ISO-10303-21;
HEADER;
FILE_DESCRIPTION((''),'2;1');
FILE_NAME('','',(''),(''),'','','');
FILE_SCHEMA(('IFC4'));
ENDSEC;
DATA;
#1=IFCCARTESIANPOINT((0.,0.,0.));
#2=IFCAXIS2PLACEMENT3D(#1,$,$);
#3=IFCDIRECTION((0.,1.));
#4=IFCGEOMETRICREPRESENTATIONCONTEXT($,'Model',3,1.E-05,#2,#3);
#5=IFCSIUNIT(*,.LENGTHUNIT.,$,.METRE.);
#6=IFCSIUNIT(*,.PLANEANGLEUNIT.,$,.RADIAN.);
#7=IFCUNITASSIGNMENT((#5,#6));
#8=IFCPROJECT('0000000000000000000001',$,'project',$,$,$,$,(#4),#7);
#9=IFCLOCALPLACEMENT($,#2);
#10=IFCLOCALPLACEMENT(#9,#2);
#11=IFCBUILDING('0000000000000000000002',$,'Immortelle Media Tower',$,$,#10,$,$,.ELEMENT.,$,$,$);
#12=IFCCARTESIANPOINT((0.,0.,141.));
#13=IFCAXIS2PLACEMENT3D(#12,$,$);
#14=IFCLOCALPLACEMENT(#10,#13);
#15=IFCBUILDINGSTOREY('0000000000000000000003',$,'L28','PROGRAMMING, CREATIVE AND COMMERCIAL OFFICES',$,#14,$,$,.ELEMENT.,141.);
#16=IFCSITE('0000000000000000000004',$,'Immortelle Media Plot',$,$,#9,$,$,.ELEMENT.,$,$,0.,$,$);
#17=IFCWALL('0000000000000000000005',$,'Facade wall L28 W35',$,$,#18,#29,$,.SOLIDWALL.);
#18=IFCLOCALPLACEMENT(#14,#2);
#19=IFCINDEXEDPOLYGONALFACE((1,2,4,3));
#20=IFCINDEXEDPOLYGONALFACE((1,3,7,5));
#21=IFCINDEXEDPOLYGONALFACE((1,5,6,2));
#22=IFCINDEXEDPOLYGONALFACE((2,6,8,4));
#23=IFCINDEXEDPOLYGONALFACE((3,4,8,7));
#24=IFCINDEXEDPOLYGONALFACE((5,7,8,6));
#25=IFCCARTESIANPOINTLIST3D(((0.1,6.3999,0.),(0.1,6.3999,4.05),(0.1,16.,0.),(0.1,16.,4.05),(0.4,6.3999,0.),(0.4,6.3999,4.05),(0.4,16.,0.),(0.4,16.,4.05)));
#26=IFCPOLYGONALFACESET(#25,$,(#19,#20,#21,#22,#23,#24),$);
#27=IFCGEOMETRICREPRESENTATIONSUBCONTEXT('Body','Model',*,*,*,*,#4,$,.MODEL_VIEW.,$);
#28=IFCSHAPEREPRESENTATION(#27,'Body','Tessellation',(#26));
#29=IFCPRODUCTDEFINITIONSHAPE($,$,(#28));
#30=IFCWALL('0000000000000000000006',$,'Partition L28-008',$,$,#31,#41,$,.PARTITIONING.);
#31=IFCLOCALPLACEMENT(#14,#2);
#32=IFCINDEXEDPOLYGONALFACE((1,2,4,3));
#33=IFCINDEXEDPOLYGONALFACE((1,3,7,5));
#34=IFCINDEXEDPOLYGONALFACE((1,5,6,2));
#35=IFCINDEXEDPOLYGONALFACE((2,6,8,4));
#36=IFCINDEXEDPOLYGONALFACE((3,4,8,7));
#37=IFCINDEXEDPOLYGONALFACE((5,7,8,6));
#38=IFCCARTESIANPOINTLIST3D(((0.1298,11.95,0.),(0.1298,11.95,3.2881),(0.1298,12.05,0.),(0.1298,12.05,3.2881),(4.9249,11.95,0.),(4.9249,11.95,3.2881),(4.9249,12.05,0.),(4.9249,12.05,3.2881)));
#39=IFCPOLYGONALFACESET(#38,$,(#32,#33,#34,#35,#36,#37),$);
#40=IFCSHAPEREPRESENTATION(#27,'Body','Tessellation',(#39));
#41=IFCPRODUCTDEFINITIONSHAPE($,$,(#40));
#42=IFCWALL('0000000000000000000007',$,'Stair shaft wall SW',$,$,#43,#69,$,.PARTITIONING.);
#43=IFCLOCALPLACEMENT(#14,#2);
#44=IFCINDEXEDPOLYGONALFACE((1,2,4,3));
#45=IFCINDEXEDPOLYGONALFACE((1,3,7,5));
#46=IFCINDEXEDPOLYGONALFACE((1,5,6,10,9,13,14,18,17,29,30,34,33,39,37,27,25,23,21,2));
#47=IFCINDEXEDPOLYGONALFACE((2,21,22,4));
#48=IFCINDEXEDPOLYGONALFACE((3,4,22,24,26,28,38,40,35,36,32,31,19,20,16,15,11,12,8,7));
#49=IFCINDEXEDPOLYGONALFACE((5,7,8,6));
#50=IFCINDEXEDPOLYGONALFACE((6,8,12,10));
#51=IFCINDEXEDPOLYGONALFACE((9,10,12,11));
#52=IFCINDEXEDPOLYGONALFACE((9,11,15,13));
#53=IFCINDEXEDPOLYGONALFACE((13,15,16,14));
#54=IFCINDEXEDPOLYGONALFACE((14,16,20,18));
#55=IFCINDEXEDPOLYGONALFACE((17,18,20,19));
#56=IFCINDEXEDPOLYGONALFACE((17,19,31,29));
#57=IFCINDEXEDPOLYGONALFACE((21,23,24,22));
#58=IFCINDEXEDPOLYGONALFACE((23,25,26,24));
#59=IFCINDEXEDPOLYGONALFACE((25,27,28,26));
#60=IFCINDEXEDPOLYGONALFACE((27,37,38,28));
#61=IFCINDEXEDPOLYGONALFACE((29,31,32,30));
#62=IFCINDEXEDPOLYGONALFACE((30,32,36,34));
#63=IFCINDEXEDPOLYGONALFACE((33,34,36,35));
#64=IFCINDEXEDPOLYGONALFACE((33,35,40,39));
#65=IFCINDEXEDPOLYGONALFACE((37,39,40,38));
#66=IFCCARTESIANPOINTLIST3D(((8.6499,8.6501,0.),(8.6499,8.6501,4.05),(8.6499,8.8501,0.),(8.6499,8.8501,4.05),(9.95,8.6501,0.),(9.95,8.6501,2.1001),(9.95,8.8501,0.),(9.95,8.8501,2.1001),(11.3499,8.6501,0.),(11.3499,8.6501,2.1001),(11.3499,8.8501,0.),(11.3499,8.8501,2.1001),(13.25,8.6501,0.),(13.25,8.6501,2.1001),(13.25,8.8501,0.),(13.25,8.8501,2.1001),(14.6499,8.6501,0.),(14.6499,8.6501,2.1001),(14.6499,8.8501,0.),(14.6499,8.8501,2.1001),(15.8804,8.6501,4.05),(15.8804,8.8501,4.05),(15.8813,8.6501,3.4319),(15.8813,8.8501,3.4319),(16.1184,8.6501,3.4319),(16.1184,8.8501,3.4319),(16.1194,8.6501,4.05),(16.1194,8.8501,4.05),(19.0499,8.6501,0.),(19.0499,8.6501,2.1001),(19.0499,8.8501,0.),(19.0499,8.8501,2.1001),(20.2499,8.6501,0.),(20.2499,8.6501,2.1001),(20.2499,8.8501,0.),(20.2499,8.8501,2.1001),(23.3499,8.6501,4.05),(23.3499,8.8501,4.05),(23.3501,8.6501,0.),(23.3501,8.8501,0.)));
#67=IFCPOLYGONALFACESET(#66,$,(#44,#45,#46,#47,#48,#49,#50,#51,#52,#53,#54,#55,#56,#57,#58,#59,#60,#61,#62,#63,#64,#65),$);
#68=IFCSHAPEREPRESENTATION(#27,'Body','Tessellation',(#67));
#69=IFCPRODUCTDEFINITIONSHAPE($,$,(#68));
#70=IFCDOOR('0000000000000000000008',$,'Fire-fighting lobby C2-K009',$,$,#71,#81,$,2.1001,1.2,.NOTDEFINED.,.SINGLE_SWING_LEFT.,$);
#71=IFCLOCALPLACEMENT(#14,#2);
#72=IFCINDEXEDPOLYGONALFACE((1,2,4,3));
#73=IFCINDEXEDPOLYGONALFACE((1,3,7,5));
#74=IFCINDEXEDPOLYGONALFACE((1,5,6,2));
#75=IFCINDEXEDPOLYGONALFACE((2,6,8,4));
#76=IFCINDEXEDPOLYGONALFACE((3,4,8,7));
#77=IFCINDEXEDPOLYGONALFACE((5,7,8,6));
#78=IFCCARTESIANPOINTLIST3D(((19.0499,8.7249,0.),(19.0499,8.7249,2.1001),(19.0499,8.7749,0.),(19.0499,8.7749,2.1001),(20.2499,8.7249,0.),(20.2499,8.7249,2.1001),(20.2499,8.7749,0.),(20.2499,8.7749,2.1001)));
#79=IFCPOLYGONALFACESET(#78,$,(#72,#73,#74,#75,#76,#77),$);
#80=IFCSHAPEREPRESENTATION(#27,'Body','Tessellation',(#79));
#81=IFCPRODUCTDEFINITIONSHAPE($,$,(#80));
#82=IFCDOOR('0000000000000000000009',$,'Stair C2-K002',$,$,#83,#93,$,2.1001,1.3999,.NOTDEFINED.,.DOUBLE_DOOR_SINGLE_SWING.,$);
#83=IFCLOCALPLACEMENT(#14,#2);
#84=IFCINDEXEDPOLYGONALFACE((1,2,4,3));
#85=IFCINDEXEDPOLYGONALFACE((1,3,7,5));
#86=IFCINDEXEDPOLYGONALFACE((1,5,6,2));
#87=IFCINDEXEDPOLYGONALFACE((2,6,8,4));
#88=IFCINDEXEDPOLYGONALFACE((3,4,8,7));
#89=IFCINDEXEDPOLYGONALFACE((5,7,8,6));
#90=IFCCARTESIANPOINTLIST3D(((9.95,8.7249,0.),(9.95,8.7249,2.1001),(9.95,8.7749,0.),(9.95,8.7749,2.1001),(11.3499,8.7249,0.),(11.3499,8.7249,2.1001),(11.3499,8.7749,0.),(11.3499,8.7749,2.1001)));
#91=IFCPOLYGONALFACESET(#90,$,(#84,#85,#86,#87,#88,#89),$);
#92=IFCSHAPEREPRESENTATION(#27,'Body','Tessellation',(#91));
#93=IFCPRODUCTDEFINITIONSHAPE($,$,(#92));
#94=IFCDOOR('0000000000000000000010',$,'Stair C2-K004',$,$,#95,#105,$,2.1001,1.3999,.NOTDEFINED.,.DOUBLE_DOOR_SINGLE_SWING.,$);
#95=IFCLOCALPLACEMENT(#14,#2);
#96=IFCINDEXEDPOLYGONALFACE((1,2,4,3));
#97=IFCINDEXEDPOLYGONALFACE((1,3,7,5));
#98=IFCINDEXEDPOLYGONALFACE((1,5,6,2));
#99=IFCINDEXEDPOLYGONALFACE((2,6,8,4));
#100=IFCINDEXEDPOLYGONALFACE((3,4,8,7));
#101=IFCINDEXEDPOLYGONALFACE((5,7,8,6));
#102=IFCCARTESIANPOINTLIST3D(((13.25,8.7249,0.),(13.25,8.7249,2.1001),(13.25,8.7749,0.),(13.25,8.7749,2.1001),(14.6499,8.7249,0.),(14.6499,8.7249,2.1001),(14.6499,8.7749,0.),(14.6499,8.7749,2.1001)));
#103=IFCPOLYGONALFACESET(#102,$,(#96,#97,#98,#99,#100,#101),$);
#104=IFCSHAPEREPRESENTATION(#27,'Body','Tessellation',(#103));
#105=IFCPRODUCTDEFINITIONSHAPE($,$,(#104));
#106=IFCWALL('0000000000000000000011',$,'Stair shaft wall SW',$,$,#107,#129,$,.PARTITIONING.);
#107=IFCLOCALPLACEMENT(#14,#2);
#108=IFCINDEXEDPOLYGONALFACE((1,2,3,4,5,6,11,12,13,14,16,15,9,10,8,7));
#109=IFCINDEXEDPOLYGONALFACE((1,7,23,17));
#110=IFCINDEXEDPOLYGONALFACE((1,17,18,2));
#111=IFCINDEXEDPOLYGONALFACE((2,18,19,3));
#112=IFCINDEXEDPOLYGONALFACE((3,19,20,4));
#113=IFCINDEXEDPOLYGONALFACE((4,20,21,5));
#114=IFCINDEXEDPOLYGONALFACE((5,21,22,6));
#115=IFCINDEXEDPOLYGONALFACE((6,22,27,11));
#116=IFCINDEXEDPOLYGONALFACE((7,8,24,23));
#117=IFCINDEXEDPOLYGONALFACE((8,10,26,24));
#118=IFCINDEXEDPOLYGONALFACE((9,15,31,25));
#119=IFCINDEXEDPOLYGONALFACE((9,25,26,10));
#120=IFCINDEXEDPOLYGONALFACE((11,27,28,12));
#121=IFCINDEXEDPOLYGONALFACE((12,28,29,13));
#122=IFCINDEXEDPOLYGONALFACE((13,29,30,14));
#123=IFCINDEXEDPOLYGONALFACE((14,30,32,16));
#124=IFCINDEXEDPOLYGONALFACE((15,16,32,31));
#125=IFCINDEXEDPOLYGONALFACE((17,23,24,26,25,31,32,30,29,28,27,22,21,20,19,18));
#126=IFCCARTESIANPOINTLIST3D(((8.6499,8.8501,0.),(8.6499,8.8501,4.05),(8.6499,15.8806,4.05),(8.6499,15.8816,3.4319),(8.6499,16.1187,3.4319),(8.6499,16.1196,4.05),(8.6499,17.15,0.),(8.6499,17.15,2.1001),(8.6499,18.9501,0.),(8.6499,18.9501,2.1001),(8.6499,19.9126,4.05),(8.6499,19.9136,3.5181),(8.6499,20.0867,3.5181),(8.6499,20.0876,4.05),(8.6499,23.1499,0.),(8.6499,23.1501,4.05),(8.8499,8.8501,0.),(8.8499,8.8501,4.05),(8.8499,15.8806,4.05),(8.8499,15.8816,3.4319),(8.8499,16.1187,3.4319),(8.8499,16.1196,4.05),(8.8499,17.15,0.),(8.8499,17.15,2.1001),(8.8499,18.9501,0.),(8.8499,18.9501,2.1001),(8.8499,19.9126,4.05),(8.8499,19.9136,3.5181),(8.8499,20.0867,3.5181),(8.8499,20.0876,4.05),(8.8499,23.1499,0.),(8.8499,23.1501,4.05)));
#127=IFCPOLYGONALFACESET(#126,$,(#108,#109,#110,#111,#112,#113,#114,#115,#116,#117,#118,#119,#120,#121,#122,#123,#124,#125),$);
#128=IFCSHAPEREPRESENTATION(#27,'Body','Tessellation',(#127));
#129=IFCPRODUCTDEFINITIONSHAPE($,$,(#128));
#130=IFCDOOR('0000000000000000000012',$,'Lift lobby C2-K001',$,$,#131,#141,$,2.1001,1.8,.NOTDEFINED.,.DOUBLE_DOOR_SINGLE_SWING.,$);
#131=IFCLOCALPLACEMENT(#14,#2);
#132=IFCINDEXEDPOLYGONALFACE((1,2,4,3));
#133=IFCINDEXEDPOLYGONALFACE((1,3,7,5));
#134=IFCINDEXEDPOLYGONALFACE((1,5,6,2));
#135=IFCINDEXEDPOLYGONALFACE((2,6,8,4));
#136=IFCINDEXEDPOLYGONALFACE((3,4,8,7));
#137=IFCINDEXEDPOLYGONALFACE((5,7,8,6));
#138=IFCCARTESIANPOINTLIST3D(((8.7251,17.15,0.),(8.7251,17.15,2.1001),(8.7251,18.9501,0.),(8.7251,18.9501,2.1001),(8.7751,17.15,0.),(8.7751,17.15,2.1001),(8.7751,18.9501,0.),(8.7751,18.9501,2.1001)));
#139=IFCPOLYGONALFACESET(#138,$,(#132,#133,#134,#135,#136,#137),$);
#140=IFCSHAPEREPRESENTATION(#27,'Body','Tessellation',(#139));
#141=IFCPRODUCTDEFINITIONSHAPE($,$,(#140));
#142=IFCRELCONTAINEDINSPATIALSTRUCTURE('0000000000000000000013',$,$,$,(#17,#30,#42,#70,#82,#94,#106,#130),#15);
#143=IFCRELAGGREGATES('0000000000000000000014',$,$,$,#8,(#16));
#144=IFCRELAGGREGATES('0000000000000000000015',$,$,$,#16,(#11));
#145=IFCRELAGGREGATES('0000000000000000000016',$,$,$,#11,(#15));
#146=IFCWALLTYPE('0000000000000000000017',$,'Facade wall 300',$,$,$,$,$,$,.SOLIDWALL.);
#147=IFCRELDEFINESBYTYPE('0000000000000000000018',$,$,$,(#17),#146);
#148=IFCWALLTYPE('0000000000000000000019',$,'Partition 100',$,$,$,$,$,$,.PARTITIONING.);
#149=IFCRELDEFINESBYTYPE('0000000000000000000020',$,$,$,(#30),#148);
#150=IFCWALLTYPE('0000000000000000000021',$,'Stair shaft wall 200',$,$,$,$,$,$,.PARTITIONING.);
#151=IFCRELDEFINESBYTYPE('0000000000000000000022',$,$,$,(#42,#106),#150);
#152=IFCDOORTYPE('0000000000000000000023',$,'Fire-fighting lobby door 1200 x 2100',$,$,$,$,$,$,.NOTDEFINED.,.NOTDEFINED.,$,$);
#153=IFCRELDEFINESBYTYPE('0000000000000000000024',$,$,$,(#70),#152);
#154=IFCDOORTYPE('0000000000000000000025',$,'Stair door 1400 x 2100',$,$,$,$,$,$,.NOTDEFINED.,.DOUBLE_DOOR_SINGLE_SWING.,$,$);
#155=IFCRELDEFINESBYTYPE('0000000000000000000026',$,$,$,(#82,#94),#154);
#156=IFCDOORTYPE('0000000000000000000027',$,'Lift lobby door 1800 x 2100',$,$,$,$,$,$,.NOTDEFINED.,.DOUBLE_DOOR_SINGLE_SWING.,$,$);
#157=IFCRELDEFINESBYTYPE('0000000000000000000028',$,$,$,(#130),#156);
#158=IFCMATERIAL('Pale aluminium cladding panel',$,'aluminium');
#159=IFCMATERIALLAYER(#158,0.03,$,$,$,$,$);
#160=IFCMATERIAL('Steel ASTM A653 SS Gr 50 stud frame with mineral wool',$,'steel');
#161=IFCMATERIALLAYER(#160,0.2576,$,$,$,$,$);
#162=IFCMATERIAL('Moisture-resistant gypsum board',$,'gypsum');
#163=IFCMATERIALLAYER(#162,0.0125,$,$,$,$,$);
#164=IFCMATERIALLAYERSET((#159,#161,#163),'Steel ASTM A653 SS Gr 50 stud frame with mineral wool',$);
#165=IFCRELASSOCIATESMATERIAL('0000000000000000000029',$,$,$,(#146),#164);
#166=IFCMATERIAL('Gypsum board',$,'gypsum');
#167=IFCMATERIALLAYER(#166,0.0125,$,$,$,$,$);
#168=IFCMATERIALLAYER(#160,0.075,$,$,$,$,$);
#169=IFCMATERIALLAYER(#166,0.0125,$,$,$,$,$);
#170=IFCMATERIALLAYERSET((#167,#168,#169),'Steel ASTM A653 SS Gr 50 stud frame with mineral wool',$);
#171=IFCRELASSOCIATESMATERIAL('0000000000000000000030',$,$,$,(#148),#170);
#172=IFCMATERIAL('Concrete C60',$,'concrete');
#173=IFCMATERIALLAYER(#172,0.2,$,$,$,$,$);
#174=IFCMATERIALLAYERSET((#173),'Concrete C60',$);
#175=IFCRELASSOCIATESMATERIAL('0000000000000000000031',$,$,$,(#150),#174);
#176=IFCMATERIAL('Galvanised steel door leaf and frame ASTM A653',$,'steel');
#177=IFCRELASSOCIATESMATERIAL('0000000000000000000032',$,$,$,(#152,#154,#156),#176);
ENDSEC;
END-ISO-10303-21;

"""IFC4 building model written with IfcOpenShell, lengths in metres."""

from ifc_helpers import new_model, si_unit, direction, frame, frame_2d, origin, place, context, subcontext, project, spatial, polyline, rectangle, outline, extrude, material, layer, layer_set, type_object, element, fill, save


model = new_model("IFC4")

# Units and contexts
model_context = context("Model", 3, precision=1e-05, world=origin(), true_north=direction((0.0, 1.0)))
body_context = subcontext(model_context, "Body", "Model", "MODEL_VIEW")
ifc_project = project(units=[si_unit("LENGTHUNIT", "METRE"), si_unit("PLANEANGLEUNIT", "RADIAN")], contexts=[model_context])

# Site, building, storey
site_placement = place(None, origin())
site = spatial("IfcSite", under=ifc_project, at=site_placement, Name="Immortelle Media Plot", CompositionType="ELEMENT", RefElevation=0.0)
building_placement = place(site_placement, origin())
building = spatial("IfcBuilding", under=site, at=building_placement, Name="Immortelle Media Tower", CompositionType="ELEMENT")
storey_placement = place(building_placement, frame((0.0, 0.0, 141.0)))
storey = spatial("IfcBuildingStorey", under=building, at=storey_placement, Name="L28", Description="PROGRAMMING, CREATIVE AND COMMERCIAL OFFICES", CompositionType="ELEMENT", Elevation=141.0)

# Shared definitions
ifc_material_1 = material(Name="Steel ASTM A653 SS Gr 50 stud frame with mineral wool", Category="steel")

# Walls
ifc_material_2 = material(Name="Pale aluminium cladding panel", Category="aluminium")
ifc_layer_1 = layer(ifc_material_2, 0.03)
ifc_layer_2 = layer(ifc_material_1, 0.2576)
ifc_material_3 = material(Name="Moisture-resistant gypsum board", Category="gypsum")
ifc_layer_3 = layer(ifc_material_3, 0.0125)
ifc_layer_set_1 = layer_set([ifc_layer_1, ifc_layer_2, ifc_layer_3], Name="Steel ASTM A653 SS Gr 50 stud frame with mineral wool")
wall_type_1 = type_object("IfcWallType", Name="Facade wall 300", PredefinedType="SOLIDWALL", material=ifc_layer_set_1)
wall_1_placement = place(storey_placement, frame((0.25, 16.0, 0.0), z_axis=(0.0, 0.0, 1.0), x_axis=(0.0, -1.0, 0.0)))
element("IfcWall", 1, at=wall_1_placement, inside=storey, type_object=wall_type_1, Name="Facade wall L28 W35", PredefinedType="SOLIDWALL", context=body_context, shape_type="SweptSolid", body=[
    extrude(rectangle(XDim=9.6001, YDim=0.3, at=frame_2d((4.8, 0.0))), origin(), (0.0, 0.0, 1.0), 4.05),
])
ifc_material_4 = material(Name="Gypsum board", Category="gypsum")
ifc_layer_4 = layer(ifc_material_4, 0.0125)
ifc_layer_5 = layer(ifc_material_1, 0.075)
ifc_layer_6 = layer(ifc_material_4, 0.0125)
ifc_layer_set_2 = layer_set([ifc_layer_4, ifc_layer_5, ifc_layer_6], Name="Steel ASTM A653 SS Gr 50 stud frame with mineral wool")
wall_type_2 = type_object("IfcWallType", Name="Partition 100", PredefinedType="PARTITIONING", material=ifc_layer_set_2)
wall_2_placement = place(storey_placement, frame((0.1299, 12.0, 0.0), z_axis=(0.0, 0.0, 1.0), x_axis=(1.0, 0.0, 0.0)))
element("IfcWall", 2, at=wall_2_placement, inside=storey, type_object=wall_type_2, Name="Partition L28-008", PredefinedType="PARTITIONING", context=body_context, shape_type="SweptSolid", body=[
    extrude(rectangle(XDim=4.7952, YDim=0.1001, at=frame_2d((2.3975, 0.0))), origin(), (0.0, 0.0, 1.0), 3.2881),
])

# Wall, openings, doors
ifc_material_5 = material(Name="Concrete C60", Category="concrete")
ifc_layer_7 = layer(ifc_material_5, 0.2)
ifc_layer_set_3 = layer_set([ifc_layer_7], Name="Concrete C60")
wall_type_3 = type_object("IfcWallType", Name="Stair shaft wall 200", PredefinedType="PARTITIONING", material=ifc_layer_set_3)
wall_3_placement = place(storey_placement, frame((8.6499, 8.75, 0.0), z_axis=(0.0, 0.0, 1.0), x_axis=(1.0, 0.0, 0.0)))
wall_3 = element("IfcWall", 3, at=wall_3_placement, inside=storey, type_object=wall_type_3, Name="Stair shaft wall SW", PredefinedType="PARTITIONING", context=body_context, shape_type="SweptSolid", body=[
    extrude(outline(polyline([(0.0, 0.0), (14.7002, 0.0), (14.7, 4.05), (7.4695, 4.05), (7.4685, 3.4319), (7.2314, 3.4319), (7.2305, 4.05), (0.0, 4.05), (0.0, 0.0)])), frame((0.0, 0.1001, 0.0), z_axis=(0.0, -1.0, 0.0), x_axis=(1.0, 0.0, 0.0)), (0.0, 0.0, 1.0), 0.2),
])
opening_1_placement = place(wall_3_placement, frame((1.3, 0.0, 0.0)))
opening_1 = element("IfcOpeningElement", 4, at=opening_1_placement, cuts=wall_3, PredefinedType="OPENING", context=body_context, shape_type="SweptSolid", body=[
    extrude(rectangle(XDim=1.3999, YDim=2.1001, at=frame_2d((0.7, 1.05))), frame((0.0, 0.1099, 0.0), z_axis=(0.0, -1.0, 0.0), x_axis=(1.0, 0.0, 0.0)), (0.0, 0.0, 1.0), 0.22),
])
opening_2_placement = place(wall_3_placement, frame((4.6001, 0.0, 0.0)))
opening_2 = element("IfcOpeningElement", 5, at=opening_2_placement, cuts=wall_3, PredefinedType="OPENING", context=body_context, shape_type="SweptSolid", body=[
    extrude(rectangle(XDim=1.3999, YDim=2.1001, at=frame_2d((0.7, 1.05))), frame((0.0, 0.1099, 0.0), z_axis=(0.0, -1.0, 0.0), x_axis=(1.0, 0.0, 0.0)), (0.0, 0.0, 1.0), 0.22),
])
opening_3_placement = place(wall_3_placement, frame((10.3999, 0.0, 0.0)))
opening_3 = element("IfcOpeningElement", 6, at=opening_3_placement, cuts=wall_3, PredefinedType="OPENING", context=body_context, shape_type="SweptSolid", body=[
    extrude(rectangle(XDim=1.2, YDim=2.1001, at=frame_2d((0.6001, 1.05))), frame((0.0, 0.1099, 0.0), z_axis=(0.0, -1.0, 0.0), x_axis=(1.0, 0.0, 0.0)), (0.0, 0.0, 1.0), 0.22),
])
ifc_material_6 = material(Name="Galvanised steel door leaf and frame ASTM A653", Category="steel")
door_type_1 = type_object("IfcDoorType", Name="Fire-fighting lobby door 1200 x 2100", OperationType="NOTDEFINED", PredefinedType="NOTDEFINED", material=ifc_material_6)
door_1_placement = place(opening_3_placement, origin())
door_1 = element("IfcDoor", 7, at=door_1_placement, inside=storey, type_object=door_type_1, Name="Fire-fighting lobby C2-K009", OperationType="SINGLE_SWING_LEFT", OverallHeight=2.1001, OverallWidth=1.2, PredefinedType="NOTDEFINED", context=body_context, shape_type="SweptSolid", body=[
    extrude(rectangle(XDim=1.2, YDim=2.1001, at=frame_2d((0.6001, 1.05))), frame((0.0, 0.0249, 0.0), z_axis=(0.0, -1.0, 0.0), x_axis=(1.0, 0.0, 0.0)), (0.0, 0.0, 1.0), 0.05),
])
fill(opening_3, door_1)
door_type_2 = type_object("IfcDoorType", Name="Stair door 1400 x 2100", OperationType="DOUBLE_DOOR_SINGLE_SWING", PredefinedType="NOTDEFINED", material=ifc_material_6)
door_2_placement = place(opening_1_placement, origin())
door_2 = element("IfcDoor", 8, at=door_2_placement, inside=storey, type_object=door_type_2, Name="Stair C2-K002", OperationType="DOUBLE_DOOR_SINGLE_SWING", OverallHeight=2.1001, OverallWidth=1.3999, PredefinedType="NOTDEFINED", context=body_context, shape_type="SweptSolid", body=[
    extrude(rectangle(XDim=1.3999, YDim=2.1001, at=frame_2d((0.7, 1.05))), frame((0.0, 0.0249, 0.0), z_axis=(0.0, -1.0, 0.0), x_axis=(1.0, 0.0, 0.0)), (0.0, 0.0, 1.0), 0.05),
])
fill(opening_1, door_2)
door_3_placement = place(opening_2_placement, origin())
door_3 = element("IfcDoor", 9, at=door_3_placement, inside=storey, type_object=door_type_2, Name="Stair C2-K004", OperationType="DOUBLE_DOOR_SINGLE_SWING", OverallHeight=2.1001, OverallWidth=1.3999, PredefinedType="NOTDEFINED", context=body_context, shape_type="SweptSolid", body=[
    extrude(rectangle(XDim=1.3999, YDim=2.1001, at=frame_2d((0.7, 1.05))), frame((0.0, 0.0249, 0.0), z_axis=(0.0, -1.0, 0.0), x_axis=(1.0, 0.0, 0.0)), (0.0, 0.0, 1.0), 0.05),
])
fill(opening_2, door_3)

# Wall, opening, door
wall_4_placement = place(storey_placement, frame((8.75, 8.8501, 0.0), z_axis=(0.0, 0.0, 1.0), x_axis=(0.0, 1.0, 0.0)))
wall_4 = element("IfcWall", 10, at=wall_4_placement, inside=storey, type_object=wall_type_3, Name="Stair shaft wall SW", PredefinedType="PARTITIONING", context=body_context, shape_type="SweptSolid", body=[
    extrude(outline(polyline([(0.0, 0.0), (14.2998, 0.0), (14.3, 4.05), (11.2375, 4.05), (11.2366, 3.5181), (11.0635, 3.5181), (11.0625, 4.05), (7.2695, 4.05), (7.2686, 3.4319), (7.0315, 3.4319), (7.0305, 4.05), (0.0, 4.05), (0.0, 0.0)])), frame((0.0, 0.1001, 0.0), z_axis=(0.0, -1.0, 0.0), x_axis=(1.0, 0.0, 0.0)), (0.0, 0.0, 1.0), 0.2),
])
opening_4_placement = place(wall_4_placement, frame((8.3, 0.0, 0.0)))
opening_4 = element("IfcOpeningElement", 11, at=opening_4_placement, cuts=wall_4, PredefinedType="OPENING", context=body_context, shape_type="SweptSolid", body=[
    extrude(rectangle(XDim=1.8, YDim=2.1001, at=frame_2d((0.8999, 1.05))), frame((0.0, 0.1099, 0.0), z_axis=(0.0, -1.0, 0.0), x_axis=(1.0, 0.0, 0.0)), (0.0, 0.0, 1.0), 0.22),
])
door_type_3 = type_object("IfcDoorType", Name="Lift lobby door 1800 x 2100", OperationType="DOUBLE_DOOR_SINGLE_SWING", PredefinedType="NOTDEFINED", material=ifc_material_6)
door_4_placement = place(opening_4_placement, origin())
door_4 = element("IfcDoor", 12, at=door_4_placement, inside=storey, type_object=door_type_3, Name="Lift lobby C2-K001", OperationType="DOUBLE_DOOR_SINGLE_SWING", OverallHeight=2.1001, OverallWidth=1.8, PredefinedType="NOTDEFINED", context=body_context, shape_type="SweptSolid", body=[
    extrude(rectangle(XDim=1.8, YDim=2.1001, at=frame_2d((0.8999, 1.05))), frame((0.0, 0.0249, 0.0), z_axis=(0.0, -1.0, 0.0), x_axis=(1.0, 0.0, 0.0)), (0.0, 0.0, 1.0), 0.05),
])
fill(opening_4, door_4)

save(model, "model.ifc")
